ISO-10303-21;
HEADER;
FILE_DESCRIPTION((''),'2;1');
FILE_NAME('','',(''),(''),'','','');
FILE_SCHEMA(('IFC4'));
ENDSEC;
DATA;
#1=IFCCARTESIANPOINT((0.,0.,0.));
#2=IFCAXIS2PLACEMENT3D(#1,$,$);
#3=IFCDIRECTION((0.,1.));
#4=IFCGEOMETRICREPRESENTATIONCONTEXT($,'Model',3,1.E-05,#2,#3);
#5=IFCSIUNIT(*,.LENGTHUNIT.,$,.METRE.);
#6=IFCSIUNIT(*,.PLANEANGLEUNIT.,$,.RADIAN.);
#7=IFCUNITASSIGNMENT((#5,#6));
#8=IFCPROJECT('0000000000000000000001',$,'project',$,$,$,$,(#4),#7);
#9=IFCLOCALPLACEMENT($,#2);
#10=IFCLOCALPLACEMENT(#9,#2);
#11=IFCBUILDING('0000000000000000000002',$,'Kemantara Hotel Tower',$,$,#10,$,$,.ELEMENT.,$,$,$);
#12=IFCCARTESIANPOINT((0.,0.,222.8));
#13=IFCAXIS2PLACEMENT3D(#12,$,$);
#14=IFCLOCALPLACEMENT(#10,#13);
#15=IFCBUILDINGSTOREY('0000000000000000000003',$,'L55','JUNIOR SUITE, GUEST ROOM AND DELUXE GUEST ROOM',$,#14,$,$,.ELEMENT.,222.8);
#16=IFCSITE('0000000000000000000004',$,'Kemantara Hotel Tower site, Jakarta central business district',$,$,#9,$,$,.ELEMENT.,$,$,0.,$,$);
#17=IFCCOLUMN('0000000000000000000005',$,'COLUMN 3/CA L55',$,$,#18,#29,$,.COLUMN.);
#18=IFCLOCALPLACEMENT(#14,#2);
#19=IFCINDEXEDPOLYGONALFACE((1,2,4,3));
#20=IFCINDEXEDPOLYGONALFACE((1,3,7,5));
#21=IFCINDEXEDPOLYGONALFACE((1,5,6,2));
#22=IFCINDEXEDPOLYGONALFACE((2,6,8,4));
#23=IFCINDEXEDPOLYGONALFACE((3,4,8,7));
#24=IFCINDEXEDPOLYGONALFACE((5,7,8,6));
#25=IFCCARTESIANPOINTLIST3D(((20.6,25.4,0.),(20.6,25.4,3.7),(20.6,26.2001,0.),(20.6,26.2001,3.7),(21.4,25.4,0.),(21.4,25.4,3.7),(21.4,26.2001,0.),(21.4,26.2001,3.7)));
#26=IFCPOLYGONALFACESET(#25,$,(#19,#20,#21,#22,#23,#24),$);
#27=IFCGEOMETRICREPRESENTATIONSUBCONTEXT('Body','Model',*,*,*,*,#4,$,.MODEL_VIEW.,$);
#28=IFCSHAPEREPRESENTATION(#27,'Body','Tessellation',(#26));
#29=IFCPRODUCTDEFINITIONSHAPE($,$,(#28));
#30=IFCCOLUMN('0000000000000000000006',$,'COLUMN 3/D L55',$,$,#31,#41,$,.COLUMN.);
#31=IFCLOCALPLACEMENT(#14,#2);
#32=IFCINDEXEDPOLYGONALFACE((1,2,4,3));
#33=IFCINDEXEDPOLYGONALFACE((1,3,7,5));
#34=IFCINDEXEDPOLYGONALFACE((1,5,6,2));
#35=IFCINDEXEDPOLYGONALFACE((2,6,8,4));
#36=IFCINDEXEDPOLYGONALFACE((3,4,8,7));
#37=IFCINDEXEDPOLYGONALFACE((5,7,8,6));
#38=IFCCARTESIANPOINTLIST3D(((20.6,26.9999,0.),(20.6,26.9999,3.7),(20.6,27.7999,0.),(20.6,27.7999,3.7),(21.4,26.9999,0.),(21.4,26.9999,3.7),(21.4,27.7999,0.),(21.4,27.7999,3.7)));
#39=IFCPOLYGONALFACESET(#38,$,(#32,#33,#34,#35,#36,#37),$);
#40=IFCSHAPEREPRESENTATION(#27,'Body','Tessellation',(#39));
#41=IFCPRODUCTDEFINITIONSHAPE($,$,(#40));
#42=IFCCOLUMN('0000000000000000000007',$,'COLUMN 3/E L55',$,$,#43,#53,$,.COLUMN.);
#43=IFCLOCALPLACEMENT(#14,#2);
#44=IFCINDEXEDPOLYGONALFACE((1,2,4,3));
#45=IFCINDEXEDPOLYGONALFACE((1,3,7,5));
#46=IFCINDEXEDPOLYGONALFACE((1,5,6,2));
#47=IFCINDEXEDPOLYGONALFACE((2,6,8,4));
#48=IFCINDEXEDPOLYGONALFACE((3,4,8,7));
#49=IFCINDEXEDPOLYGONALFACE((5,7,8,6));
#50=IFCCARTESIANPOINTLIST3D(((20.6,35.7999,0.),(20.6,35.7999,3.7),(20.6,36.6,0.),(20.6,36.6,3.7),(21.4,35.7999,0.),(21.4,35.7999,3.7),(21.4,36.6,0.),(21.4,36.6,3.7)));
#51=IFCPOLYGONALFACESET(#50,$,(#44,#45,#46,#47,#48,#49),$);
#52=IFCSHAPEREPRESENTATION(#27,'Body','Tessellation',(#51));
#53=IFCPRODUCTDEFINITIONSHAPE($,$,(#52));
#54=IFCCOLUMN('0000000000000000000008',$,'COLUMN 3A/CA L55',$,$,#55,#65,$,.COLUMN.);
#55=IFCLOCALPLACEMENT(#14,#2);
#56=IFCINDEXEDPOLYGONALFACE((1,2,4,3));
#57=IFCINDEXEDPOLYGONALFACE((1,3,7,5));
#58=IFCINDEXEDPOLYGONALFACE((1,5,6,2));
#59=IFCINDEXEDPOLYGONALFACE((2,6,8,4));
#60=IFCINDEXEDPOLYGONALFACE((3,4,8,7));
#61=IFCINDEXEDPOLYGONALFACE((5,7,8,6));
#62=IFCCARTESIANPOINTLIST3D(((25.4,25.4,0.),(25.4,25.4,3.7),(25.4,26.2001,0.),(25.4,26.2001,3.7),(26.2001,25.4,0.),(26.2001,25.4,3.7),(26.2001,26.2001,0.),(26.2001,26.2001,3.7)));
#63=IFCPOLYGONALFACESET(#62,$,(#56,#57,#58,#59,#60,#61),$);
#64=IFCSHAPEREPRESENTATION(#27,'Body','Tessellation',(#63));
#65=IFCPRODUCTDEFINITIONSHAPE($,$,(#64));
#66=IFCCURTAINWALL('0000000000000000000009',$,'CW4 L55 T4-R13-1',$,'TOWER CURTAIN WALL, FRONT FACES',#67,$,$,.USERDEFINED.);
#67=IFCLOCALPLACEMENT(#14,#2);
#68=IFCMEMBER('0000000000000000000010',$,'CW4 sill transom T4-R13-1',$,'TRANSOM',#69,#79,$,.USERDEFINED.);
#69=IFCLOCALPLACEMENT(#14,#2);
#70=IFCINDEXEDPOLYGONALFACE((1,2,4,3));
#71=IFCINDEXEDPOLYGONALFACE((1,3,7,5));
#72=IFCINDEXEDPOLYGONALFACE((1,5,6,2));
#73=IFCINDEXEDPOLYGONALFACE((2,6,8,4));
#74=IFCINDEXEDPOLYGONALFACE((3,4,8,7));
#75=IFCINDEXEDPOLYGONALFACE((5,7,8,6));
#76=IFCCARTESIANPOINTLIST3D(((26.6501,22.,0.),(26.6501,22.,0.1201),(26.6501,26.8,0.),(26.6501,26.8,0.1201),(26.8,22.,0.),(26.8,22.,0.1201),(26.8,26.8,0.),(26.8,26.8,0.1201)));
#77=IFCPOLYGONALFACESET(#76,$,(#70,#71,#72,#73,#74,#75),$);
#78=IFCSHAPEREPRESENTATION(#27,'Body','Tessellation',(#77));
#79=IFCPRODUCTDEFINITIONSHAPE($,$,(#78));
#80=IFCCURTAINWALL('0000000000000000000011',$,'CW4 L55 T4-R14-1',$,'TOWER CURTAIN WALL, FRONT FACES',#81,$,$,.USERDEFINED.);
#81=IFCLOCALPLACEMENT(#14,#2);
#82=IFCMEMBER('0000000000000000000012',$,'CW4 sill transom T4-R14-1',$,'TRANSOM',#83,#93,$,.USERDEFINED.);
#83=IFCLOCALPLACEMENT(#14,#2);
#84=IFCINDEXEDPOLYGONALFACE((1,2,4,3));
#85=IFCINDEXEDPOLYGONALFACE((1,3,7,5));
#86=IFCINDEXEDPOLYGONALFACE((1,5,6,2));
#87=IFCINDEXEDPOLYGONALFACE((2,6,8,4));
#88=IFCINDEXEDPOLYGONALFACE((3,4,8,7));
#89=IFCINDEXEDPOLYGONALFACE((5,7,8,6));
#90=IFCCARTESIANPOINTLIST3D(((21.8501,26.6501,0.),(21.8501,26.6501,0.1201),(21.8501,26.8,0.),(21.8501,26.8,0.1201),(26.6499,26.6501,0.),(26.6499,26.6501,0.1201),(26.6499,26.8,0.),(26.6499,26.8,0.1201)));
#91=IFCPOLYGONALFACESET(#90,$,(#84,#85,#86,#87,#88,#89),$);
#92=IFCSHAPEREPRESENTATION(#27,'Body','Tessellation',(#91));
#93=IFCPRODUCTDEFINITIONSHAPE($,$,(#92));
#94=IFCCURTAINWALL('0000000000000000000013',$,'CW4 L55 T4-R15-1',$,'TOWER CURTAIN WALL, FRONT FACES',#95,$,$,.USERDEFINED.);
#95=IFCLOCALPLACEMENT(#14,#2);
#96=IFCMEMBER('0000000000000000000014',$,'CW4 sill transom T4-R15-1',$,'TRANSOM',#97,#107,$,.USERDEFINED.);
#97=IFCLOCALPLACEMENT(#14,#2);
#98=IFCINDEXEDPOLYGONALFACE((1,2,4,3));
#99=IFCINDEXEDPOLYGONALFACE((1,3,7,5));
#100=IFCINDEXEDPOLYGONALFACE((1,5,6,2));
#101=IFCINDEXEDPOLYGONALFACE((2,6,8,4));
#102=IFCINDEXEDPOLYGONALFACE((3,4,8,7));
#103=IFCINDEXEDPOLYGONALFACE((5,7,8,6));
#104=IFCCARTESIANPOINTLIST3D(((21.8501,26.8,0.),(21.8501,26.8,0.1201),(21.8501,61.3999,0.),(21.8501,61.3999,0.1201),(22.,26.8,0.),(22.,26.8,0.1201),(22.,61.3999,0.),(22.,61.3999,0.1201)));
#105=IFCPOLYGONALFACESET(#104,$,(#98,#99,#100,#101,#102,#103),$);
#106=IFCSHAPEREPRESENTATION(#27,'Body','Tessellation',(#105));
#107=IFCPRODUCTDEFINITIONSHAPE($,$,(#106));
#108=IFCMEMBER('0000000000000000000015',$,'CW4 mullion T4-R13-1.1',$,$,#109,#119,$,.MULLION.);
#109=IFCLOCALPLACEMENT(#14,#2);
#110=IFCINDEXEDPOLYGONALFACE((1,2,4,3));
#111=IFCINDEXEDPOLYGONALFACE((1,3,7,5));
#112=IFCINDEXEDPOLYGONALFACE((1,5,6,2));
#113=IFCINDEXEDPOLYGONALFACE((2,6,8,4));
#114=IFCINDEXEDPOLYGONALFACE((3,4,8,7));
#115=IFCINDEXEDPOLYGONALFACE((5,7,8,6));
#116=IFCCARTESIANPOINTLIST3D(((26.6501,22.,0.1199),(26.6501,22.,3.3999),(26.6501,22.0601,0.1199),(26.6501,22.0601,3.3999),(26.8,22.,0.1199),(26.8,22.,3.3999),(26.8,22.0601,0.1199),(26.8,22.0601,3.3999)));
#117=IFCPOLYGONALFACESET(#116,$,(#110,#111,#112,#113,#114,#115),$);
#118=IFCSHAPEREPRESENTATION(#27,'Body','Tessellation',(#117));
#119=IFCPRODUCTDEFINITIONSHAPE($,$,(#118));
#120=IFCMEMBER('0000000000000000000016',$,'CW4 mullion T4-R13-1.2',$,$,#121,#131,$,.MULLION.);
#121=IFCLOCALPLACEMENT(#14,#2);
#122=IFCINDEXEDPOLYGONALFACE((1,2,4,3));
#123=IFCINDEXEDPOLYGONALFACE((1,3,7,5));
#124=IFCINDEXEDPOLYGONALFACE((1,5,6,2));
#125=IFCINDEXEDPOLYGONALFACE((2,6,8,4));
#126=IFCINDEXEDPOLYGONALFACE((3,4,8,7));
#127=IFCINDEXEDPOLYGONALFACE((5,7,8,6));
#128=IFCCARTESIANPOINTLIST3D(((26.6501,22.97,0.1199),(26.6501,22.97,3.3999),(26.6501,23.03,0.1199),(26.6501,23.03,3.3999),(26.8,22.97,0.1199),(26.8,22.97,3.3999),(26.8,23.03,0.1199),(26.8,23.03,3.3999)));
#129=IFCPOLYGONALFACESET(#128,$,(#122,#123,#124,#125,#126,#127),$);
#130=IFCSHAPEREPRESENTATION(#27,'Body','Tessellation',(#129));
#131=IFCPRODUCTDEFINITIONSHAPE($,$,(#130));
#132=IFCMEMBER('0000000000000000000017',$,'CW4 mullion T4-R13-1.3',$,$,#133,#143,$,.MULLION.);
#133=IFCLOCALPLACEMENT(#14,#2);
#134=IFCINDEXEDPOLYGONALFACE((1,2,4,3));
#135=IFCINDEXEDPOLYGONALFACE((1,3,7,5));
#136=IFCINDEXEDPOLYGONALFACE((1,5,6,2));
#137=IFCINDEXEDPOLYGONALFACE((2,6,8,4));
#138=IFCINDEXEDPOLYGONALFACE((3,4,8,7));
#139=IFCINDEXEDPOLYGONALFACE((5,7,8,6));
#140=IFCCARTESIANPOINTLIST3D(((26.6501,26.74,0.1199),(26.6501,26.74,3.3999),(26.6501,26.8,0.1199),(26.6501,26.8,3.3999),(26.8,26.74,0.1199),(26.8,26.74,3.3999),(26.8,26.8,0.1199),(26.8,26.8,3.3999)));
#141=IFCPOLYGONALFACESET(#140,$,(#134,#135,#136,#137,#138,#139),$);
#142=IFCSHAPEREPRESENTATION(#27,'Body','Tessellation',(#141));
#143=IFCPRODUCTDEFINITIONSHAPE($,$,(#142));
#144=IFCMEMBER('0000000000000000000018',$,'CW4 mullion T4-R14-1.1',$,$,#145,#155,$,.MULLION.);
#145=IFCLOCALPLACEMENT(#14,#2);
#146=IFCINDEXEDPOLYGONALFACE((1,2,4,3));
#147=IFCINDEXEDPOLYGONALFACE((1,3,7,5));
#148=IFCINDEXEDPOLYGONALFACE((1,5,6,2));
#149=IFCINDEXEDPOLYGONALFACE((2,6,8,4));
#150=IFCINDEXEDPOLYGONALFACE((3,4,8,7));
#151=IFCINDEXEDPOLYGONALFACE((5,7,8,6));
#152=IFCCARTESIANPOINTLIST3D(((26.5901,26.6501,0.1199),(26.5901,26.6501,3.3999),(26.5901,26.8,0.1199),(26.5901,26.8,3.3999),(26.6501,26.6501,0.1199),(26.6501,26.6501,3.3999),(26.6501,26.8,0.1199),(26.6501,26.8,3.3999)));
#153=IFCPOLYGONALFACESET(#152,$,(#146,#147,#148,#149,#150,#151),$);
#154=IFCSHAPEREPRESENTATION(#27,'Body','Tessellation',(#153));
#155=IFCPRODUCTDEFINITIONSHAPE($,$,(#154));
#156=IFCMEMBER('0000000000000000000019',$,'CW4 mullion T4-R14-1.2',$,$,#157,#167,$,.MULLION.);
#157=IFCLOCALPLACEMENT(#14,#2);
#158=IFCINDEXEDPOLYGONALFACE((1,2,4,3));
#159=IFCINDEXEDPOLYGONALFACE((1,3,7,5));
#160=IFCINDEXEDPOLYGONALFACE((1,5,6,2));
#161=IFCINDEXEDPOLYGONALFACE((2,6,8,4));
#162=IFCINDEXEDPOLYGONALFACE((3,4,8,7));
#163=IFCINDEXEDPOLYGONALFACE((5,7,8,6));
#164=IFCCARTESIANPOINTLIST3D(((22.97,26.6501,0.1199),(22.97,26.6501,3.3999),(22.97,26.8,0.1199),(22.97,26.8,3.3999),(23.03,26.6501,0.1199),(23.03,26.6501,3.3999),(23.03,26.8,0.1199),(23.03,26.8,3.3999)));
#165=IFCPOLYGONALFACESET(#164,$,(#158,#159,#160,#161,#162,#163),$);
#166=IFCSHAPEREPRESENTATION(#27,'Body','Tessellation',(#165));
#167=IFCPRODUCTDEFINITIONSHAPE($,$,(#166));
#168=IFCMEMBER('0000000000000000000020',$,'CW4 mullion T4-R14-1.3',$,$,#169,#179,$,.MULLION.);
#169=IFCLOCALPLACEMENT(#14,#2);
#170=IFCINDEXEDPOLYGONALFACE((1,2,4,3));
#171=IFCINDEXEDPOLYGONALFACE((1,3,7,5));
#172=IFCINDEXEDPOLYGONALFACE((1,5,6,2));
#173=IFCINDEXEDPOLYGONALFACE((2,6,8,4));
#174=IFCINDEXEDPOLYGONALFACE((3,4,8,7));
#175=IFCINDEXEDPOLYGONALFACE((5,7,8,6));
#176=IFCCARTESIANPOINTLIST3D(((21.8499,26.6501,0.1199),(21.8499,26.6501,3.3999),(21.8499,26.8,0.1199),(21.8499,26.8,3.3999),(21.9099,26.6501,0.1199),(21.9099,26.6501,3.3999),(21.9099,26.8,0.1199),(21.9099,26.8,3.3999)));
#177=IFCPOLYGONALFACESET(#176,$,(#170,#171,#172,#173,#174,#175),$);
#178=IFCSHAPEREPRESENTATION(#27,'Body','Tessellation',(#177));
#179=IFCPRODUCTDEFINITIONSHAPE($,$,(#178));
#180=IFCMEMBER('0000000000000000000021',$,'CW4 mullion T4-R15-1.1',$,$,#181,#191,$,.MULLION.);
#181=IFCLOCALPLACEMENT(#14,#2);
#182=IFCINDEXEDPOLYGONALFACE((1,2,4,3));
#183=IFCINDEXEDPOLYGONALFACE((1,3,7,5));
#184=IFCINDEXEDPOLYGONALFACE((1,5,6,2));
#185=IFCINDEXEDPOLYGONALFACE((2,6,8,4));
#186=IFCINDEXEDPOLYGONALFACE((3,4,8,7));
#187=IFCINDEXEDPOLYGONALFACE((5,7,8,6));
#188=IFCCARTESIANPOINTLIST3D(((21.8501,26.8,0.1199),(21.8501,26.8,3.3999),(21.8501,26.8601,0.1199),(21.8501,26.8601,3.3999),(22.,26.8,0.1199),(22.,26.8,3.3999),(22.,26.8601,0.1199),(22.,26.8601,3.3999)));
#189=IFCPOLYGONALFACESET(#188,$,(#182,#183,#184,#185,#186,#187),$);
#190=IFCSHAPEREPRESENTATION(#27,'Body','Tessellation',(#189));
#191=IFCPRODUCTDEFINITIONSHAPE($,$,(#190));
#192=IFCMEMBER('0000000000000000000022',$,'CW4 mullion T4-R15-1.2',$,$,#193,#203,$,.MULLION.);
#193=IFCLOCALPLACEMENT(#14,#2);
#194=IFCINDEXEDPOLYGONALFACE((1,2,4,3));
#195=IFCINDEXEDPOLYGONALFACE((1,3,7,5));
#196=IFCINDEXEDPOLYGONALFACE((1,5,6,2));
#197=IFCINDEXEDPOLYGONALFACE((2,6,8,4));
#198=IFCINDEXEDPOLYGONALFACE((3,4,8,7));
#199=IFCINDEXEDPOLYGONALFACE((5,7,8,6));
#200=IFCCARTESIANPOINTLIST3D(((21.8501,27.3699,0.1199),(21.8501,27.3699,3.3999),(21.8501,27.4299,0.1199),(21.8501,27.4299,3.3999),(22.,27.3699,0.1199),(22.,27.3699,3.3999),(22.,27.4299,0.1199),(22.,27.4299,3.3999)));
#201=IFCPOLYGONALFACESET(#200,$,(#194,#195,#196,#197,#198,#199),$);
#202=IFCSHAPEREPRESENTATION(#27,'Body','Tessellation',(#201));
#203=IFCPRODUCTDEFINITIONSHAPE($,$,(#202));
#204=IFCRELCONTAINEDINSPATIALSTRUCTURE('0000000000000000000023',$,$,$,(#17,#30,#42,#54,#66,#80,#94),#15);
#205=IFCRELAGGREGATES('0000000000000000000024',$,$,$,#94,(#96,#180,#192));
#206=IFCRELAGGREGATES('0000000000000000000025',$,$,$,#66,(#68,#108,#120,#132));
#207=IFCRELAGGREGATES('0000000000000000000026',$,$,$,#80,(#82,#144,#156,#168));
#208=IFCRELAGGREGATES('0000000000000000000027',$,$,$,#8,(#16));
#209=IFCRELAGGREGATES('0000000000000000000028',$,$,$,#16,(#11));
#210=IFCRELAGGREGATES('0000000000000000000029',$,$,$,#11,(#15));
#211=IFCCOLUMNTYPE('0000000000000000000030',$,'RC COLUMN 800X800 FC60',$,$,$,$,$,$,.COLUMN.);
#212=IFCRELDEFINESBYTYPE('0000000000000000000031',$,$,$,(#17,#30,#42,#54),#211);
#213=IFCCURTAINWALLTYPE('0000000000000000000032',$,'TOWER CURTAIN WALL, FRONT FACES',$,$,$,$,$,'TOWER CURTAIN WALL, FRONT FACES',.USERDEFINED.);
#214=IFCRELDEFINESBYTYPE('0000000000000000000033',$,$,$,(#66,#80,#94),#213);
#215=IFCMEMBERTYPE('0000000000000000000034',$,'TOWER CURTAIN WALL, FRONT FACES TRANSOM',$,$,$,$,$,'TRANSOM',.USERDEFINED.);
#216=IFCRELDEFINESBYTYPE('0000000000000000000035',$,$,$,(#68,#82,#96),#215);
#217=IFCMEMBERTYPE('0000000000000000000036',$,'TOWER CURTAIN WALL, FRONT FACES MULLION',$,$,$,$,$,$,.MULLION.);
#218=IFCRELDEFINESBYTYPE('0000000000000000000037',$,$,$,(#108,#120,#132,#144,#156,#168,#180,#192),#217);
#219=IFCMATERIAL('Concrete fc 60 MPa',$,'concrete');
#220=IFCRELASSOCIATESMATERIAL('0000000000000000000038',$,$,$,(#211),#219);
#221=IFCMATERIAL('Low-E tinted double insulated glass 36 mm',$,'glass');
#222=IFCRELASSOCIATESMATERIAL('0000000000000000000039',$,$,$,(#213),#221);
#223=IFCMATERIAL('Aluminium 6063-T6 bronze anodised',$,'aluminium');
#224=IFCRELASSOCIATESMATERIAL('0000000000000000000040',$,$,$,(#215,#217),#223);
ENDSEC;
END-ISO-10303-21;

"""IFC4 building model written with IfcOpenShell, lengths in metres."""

from ifc_helpers import new_model, si_unit, direction, frame, origin, origin_2d, place, context, subcontext, project, spatial, rectangle, extrude, source, transform, mapped, material, material_profile, profile_set, type_object, element, aggregate, save


model = new_model("IFC4")

# Units and contexts
model_context = context("Model", 3, precision=1e-05, world=origin(), true_north=direction((0.0, 1.0)))
body_context = subcontext(model_context, "Body", "Model", "MODEL_VIEW")
ifc_project = project(units=[si_unit("LENGTHUNIT", "METRE"), si_unit("PLANEANGLEUNIT", "RADIAN")], contexts=[model_context])

# Site, building, storey
site_placement = place(None, origin())
site = spatial("IfcSite", under=ifc_project, at=site_placement, Name="Kemantara Hotel Tower site, Jakarta central business district", CompositionType="ELEMENT", RefElevation=0.0)
building_placement = place(site_placement, origin())
building = spatial("IfcBuilding", under=site, at=building_placement, Name="Kemantara Hotel Tower", CompositionType="ELEMENT")
storey_placement = place(building_placement, frame((0.0, 0.0, 222.8)))
storey = spatial("IfcBuildingStorey", under=building, at=storey_placement, Name="L55", Description="JUNIOR SUITE, GUEST ROOM AND DELUXE GUEST ROOM", CompositionType="ELEMENT", Elevation=222.8)

# Columns
ifc_material_1 = material(Name="Concrete fc 60 MPa", Category="concrete")
ifc_material_profile_1 = material_profile(ifc_material_1, rectangle(XDim=0.8, YDim=0.8, at=origin_2d()), Name="RC 800X800")
ifc_profile_set_1 = profile_set([ifc_material_profile_1], Name="Concrete fc 60 MPa")
column_type = type_object("IfcColumnType", Name="RC COLUMN 800X800 FC60", PredefinedType="COLUMN", material=ifc_profile_set_1)
for number, where, z_axis, x_axis, name in (
    (1, (21.0, 25.8, 0.0), (0.0, 0.0, 1.0), (1.0, 0.0, 0.0), "COLUMN 3/CA L55"),
    (2, (21.0, 27.3999, 0.0), (0.0, 0.0, 1.0), (1.0, 0.0, 0.0), "COLUMN 3/D L55"),
    (3, (21.0, 36.2, 0.0), (0.0, 0.0, 1.0), (1.0, 0.0, 0.0), "COLUMN 3/E L55"),
    (4, (25.8, 25.8, 0.0), (0.0, 0.0, 1.0), (1.0, 0.0, 0.0), "COLUMN 3A/CA L55"),
):
    element("IfcColumn", number, at=place(storey_placement, frame(where, z_axis=z_axis, x_axis=x_axis)), inside=storey, type_object=column_type, Name=name, PredefinedType="COLUMN", context=body_context, shape_type="SweptSolid", body=[
        extrude(rectangle(XDim=0.8, YDim=0.8, at=origin_2d()), origin(), (0.0, 0.0, 1.0), 3.7),
    ])

# Curtain walls, members
ifc_material_2 = material(Name="Low-E tinted double insulated glass 36 mm", Category="glass")
curtain_wall_type_1 = type_object("IfcCurtainWallType", Name="TOWER CURTAIN WALL, FRONT FACES", ElementType="TOWER CURTAIN WALL, FRONT FACES", PredefinedType="USERDEFINED", material=ifc_material_2)
curtain_wall_1_placement = place(storey_placement, origin())
curtain_wall_1 = element("IfcCurtainWall", 5, at=curtain_wall_1_placement, inside=storey, type_object=curtain_wall_type_1, Name="CW4 L55 T4-R13-1", ObjectType="TOWER CURTAIN WALL, FRONT FACES", PredefinedType="USERDEFINED")
ifc_material_3 = material(Name="Aluminium 6063-T6 bronze anodised", Category="aluminium")
ifc_material_profile_2 = material_profile(ifc_material_3, rectangle(XDim=0.1499, YDim=0.1201, at=origin_2d()), Name="TOWER CURTAIN WALL, FRONT FACES TRANSOM")
ifc_profile_set_2 = profile_set([ifc_material_profile_2], Name="Aluminium 6063-T6 bronze anodised")
member_type_1 = type_object("IfcMemberType", Name="TOWER CURTAIN WALL, FRONT FACES TRANSOM", ElementType="TRANSOM", PredefinedType="USERDEFINED", material=ifc_profile_set_2)
member_1_placement = place(storey_placement, frame((26.7251, 22.0, 0.0601), z_axis=(0.0, 1.0, 0.0), x_axis=(-1.0, 0.0, 0.0)))
member_1 = element("IfcMember", 6, at=member_1_placement, type_object=member_type_1, Name="CW4 sill transom T4-R13-1", ObjectType="TRANSOM", PredefinedType="USERDEFINED", context=body_context, shape_type="SweptSolid", body=[
    extrude(rectangle(XDim=0.1499, YDim=0.1201, at=origin_2d()), origin(), (0.0, 0.0, 1.0), 4.8),
])
curtain_wall_2_placement = place(storey_placement, origin())
curtain_wall_2 = element("IfcCurtainWall", 7, at=curtain_wall_2_placement, inside=storey, type_object=curtain_wall_type_1, Name="CW4 L55 T4-R14-1", ObjectType="TOWER CURTAIN WALL, FRONT FACES", PredefinedType="USERDEFINED")
member_2_placement = place(storey_placement, frame((26.6499, 26.7251, 0.0601), z_axis=(-1.0, 0.0, 0.0), x_axis=(0.0, -1.0, 0.0)))
member_2 = element("IfcMember", 8, at=member_2_placement, type_object=member_type_1, Name="CW4 sill transom T4-R14-1", ObjectType="TRANSOM", PredefinedType="USERDEFINED", context=body_context, shape_type="SweptSolid", body=[
    extrude(rectangle(XDim=0.1499, YDim=0.1201, at=origin_2d()), origin(), (0.0, 0.0, 1.0), 4.7998),
])
curtain_wall_3_placement = place(storey_placement, origin())
curtain_wall_3 = element("IfcCurtainWall", 9, at=curtain_wall_3_placement, inside=storey, type_object=curtain_wall_type_1, Name="CW4 L55 T4-R15-1", ObjectType="TOWER CURTAIN WALL, FRONT FACES", PredefinedType="USERDEFINED")
member_3_placement = place(storey_placement, frame((21.925, 26.8, 0.0601), z_axis=(0.0, 1.0, 0.0), x_axis=(-1.0, 0.0, 0.0)))
member_3 = element("IfcMember", 10, at=member_3_placement, type_object=member_type_1, Name="CW4 sill transom T4-R15-1", ObjectType="TRANSOM", PredefinedType="USERDEFINED", context=body_context, shape_type="SweptSolid", body=[
    extrude(rectangle(XDim=0.1499, YDim=0.1201, at=origin_2d()), origin(), (0.0, 0.0, 1.0), 34.5999),
])

# Members
ifc_material_profile_3 = material_profile(ifc_material_3, rectangle(XDim=0.1499, YDim=0.0601, at=origin_2d()), Name="TOWER CURTAIN WALL, FRONT FACES MULLION")
ifc_profile_set_3 = profile_set([ifc_material_profile_3], Name="Aluminium 6063-T6 bronze anodised")
member_type_2 = type_object("IfcMemberType", Name="TOWER CURTAIN WALL, FRONT FACES MULLION", PredefinedType="MULLION", material=ifc_profile_set_3)
shared_shape_1 = source(origin(), body_context, "Body", "SweptSolid", [
    extrude(rectangle(XDim=0.1499, YDim=0.0601, at=origin_2d()), origin(), (0.0, 0.0, 1.0), 3.28),
])
member_4_placement = place(storey_placement, frame((26.7251, 22.03, 0.1199), z_axis=(0.0, 0.0, 1.0), x_axis=(-1.0, 0.0, 0.0)))
member_4 = element("IfcMember", 11, at=member_4_placement, type_object=member_type_2, Name="CW4 mullion T4-R13-1.1", PredefinedType="MULLION", context=body_context, shape_type="MappedRepresentation", body=[
    mapped(shared_shape_1, transform((0.0, 0.0, 0.0))),
])
member_5_placement = place(storey_placement, frame((26.7251, 23.0, 0.1199), z_axis=(0.0, 0.0, 1.0), x_axis=(-1.0, 0.0, 0.0)))
member_5 = element("IfcMember", 12, at=member_5_placement, type_object=member_type_2, Name="CW4 mullion T4-R13-1.2", PredefinedType="MULLION", context=body_context, shape_type="MappedRepresentation", body=[
    mapped(shared_shape_1, transform((0.0, 0.0, 0.0))),
])
member_6_placement = place(storey_placement, frame((26.7251, 26.77, 0.1199), z_axis=(0.0, 0.0, 1.0), x_axis=(-1.0, 0.0, 0.0)))
member_6 = element("IfcMember", 13, at=member_6_placement, type_object=member_type_2, Name="CW4 mullion T4-R13-1.3", PredefinedType="MULLION", context=body_context, shape_type="MappedRepresentation", body=[
    mapped(shared_shape_1, transform((0.0, 0.0, 0.0))),
])
member_7_placement = place(storey_placement, frame((26.6201, 26.7251, 0.1199), z_axis=(0.0, 0.0, 1.0), x_axis=(0.0, -1.0, 0.0)))
member_7 = element("IfcMember", 14, at=member_7_placement, type_object=member_type_2, Name="CW4 mullion T4-R14-1.1", PredefinedType="MULLION", context=body_context, shape_type="MappedRepresentation", body=[
    mapped(shared_shape_1, transform((0.0, 0.0, 0.0))),
])
member_8_placement = place(storey_placement, frame((23.0, 26.7251, 0.1199), z_axis=(0.0, 0.0, 1.0), x_axis=(0.0, -1.0, 0.0)))
member_8 = element("IfcMember", 15, at=member_8_placement, type_object=member_type_2, Name="CW4 mullion T4-R14-1.2", PredefinedType="MULLION", context=body_context, shape_type="MappedRepresentation", body=[
    mapped(shared_shape_1, transform((0.0, 0.0, 0.0))),
])
member_9_placement = place(storey_placement, frame((21.8799, 26.7251, 0.1199), z_axis=(0.0, 0.0, 1.0), x_axis=(0.0, -1.0, 0.0)))
member_9 = element("IfcMember", 16, at=member_9_placement, type_object=member_type_2, Name="CW4 mullion T4-R14-1.3", PredefinedType="MULLION", context=body_context, shape_type="MappedRepresentation", body=[
    mapped(shared_shape_1, transform((0.0, 0.0, 0.0))),
])
member_10_placement = place(storey_placement, frame((21.925, 26.8301, 0.1199), z_axis=(0.0, 0.0, 1.0), x_axis=(-1.0, 0.0, 0.0)))
member_10 = element("IfcMember", 17, at=member_10_placement, type_object=member_type_2, Name="CW4 mullion T4-R15-1.1", PredefinedType="MULLION", context=body_context, shape_type="MappedRepresentation", body=[
    mapped(shared_shape_1, transform((0.0, 0.0, 0.0))),
])
member_11_placement = place(storey_placement, frame((21.925, 27.3999, 0.1199), z_axis=(0.0, 0.0, 1.0), x_axis=(-1.0, 0.0, 0.0)))
member_11 = element("IfcMember", 18, at=member_11_placement, type_object=member_type_2, Name="CW4 mullion T4-R15-1.2", PredefinedType="MULLION", context=body_context, shape_type="MappedRepresentation", body=[
    mapped(shared_shape_1, transform((0.0, 0.0, 0.0))),
])

aggregate(curtain_wall_3, [member_3, member_10, member_11])
aggregate(curtain_wall_1, [member_1, member_4, member_5, member_6])
aggregate(curtain_wall_2, [member_2, member_7, member_8, member_9])

save(model, "model.ifc")
